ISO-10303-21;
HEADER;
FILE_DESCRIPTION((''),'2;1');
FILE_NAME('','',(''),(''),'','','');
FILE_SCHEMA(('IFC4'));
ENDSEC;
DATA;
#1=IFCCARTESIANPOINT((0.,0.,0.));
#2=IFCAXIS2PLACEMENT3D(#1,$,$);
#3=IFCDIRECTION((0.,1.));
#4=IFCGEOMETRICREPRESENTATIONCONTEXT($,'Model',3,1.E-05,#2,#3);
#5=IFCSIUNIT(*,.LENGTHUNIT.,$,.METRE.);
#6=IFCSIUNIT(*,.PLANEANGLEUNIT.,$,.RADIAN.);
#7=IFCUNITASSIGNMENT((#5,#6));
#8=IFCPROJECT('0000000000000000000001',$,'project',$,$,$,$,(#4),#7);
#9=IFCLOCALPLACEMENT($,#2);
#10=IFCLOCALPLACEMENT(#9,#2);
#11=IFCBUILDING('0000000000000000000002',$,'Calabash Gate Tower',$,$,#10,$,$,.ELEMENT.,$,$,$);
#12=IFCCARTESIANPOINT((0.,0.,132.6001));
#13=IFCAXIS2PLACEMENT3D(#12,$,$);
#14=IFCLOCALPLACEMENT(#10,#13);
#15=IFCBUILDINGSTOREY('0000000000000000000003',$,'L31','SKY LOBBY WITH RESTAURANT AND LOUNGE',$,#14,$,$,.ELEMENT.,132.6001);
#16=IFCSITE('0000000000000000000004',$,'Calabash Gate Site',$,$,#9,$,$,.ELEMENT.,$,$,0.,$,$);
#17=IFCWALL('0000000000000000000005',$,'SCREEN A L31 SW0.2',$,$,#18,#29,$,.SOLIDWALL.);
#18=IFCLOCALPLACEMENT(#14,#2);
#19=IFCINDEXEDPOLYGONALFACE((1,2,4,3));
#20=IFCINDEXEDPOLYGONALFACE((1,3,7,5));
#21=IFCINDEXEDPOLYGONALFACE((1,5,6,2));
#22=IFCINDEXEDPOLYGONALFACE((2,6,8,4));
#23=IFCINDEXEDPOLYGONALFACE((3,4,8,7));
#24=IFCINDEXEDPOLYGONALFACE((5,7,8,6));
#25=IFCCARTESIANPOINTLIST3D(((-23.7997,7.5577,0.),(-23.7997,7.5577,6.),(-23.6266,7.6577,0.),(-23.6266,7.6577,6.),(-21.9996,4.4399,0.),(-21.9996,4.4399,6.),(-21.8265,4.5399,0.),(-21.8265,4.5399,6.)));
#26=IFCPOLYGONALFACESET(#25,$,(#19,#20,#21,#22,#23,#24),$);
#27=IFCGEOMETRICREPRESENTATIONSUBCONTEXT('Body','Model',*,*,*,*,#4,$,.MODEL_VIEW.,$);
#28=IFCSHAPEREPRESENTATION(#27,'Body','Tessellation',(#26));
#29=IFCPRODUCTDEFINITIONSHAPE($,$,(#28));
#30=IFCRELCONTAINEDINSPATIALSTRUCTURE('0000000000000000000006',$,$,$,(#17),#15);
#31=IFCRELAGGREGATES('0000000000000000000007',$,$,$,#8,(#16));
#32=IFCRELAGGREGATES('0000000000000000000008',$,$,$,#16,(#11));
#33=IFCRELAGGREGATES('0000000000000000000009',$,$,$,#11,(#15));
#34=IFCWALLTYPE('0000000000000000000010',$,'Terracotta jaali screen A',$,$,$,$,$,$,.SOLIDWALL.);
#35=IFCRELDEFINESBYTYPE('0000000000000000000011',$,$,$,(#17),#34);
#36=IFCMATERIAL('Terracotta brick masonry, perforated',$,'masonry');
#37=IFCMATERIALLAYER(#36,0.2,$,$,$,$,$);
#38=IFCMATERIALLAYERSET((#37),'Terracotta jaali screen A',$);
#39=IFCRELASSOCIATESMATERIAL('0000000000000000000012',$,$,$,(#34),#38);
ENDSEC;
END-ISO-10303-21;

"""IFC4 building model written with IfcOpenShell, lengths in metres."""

from ifc_helpers import new_model, si_unit, direction, frame, frame_2d, origin, place, context, subcontext, project, spatial, rectangle, extrude, material, layer, layer_set, type_object, element, save


model = new_model("IFC4")

# Units and contexts
model_context = context("Model", 3, precision=1e-05, world=origin(), true_north=direction((0.0, 1.0)))
body_context = subcontext(model_context, "Body", "Model", "MODEL_VIEW")
ifc_project = project(units=[si_unit("LENGTHUNIT", "METRE"), si_unit("PLANEANGLEUNIT", "RADIAN")], contexts=[model_context])

# Site, building, storey
site_placement = place(None, origin())
site = spatial("IfcSite", under=ifc_project, at=site_placement, Name="Calabash Gate Site", CompositionType="ELEMENT", RefElevation=0.0)
building_placement = place(site_placement, origin())
building = spatial("IfcBuilding", under=site, at=building_placement, Name="Calabash Gate Tower", CompositionType="ELEMENT")
storey_placement = place(building_placement, frame((0.0, 0.0, 132.6001)))
storey = spatial("IfcBuildingStorey", under=building, at=storey_placement, Name="L31", Description="SKY LOBBY WITH RESTAURANT AND LOUNGE", CompositionType="ELEMENT", Elevation=132.6001)

# Wall
ifc_material_1 = material(Name="Terracotta brick masonry, perforated", Category="masonry")
ifc_layer_1 = layer(ifc_material_1, 0.2)
ifc_layer_set_1 = layer_set([ifc_layer_1], Name="Terracotta jaali screen A")
wall_type_1 = type_object("IfcWallType", Name="Terracotta jaali screen A", PredefinedType="SOLIDWALL", material=ifc_layer_set_1)
wall_1_placement = place(storey_placement, frame((-23.7131, 7.6077, 0.0), z_axis=(0.0, 0.0, 1.0), x_axis=(0.500012, -0.866018, 0.0)))
element("IfcWall", 1, at=wall_1_placement, inside=storey, type_object=wall_type_1, Name="SCREEN A L31 SW0.2", PredefinedType="SOLIDWALL", context=body_context, shape_type="SweptSolid", body=[
    extrude(rectangle(XDim=3.6001, YDim=0.2, at=frame_2d((1.8, 0.0))), origin(), (0.0, 0.0, 1.0), 6.0),
])

save(model, "model.ifc")
